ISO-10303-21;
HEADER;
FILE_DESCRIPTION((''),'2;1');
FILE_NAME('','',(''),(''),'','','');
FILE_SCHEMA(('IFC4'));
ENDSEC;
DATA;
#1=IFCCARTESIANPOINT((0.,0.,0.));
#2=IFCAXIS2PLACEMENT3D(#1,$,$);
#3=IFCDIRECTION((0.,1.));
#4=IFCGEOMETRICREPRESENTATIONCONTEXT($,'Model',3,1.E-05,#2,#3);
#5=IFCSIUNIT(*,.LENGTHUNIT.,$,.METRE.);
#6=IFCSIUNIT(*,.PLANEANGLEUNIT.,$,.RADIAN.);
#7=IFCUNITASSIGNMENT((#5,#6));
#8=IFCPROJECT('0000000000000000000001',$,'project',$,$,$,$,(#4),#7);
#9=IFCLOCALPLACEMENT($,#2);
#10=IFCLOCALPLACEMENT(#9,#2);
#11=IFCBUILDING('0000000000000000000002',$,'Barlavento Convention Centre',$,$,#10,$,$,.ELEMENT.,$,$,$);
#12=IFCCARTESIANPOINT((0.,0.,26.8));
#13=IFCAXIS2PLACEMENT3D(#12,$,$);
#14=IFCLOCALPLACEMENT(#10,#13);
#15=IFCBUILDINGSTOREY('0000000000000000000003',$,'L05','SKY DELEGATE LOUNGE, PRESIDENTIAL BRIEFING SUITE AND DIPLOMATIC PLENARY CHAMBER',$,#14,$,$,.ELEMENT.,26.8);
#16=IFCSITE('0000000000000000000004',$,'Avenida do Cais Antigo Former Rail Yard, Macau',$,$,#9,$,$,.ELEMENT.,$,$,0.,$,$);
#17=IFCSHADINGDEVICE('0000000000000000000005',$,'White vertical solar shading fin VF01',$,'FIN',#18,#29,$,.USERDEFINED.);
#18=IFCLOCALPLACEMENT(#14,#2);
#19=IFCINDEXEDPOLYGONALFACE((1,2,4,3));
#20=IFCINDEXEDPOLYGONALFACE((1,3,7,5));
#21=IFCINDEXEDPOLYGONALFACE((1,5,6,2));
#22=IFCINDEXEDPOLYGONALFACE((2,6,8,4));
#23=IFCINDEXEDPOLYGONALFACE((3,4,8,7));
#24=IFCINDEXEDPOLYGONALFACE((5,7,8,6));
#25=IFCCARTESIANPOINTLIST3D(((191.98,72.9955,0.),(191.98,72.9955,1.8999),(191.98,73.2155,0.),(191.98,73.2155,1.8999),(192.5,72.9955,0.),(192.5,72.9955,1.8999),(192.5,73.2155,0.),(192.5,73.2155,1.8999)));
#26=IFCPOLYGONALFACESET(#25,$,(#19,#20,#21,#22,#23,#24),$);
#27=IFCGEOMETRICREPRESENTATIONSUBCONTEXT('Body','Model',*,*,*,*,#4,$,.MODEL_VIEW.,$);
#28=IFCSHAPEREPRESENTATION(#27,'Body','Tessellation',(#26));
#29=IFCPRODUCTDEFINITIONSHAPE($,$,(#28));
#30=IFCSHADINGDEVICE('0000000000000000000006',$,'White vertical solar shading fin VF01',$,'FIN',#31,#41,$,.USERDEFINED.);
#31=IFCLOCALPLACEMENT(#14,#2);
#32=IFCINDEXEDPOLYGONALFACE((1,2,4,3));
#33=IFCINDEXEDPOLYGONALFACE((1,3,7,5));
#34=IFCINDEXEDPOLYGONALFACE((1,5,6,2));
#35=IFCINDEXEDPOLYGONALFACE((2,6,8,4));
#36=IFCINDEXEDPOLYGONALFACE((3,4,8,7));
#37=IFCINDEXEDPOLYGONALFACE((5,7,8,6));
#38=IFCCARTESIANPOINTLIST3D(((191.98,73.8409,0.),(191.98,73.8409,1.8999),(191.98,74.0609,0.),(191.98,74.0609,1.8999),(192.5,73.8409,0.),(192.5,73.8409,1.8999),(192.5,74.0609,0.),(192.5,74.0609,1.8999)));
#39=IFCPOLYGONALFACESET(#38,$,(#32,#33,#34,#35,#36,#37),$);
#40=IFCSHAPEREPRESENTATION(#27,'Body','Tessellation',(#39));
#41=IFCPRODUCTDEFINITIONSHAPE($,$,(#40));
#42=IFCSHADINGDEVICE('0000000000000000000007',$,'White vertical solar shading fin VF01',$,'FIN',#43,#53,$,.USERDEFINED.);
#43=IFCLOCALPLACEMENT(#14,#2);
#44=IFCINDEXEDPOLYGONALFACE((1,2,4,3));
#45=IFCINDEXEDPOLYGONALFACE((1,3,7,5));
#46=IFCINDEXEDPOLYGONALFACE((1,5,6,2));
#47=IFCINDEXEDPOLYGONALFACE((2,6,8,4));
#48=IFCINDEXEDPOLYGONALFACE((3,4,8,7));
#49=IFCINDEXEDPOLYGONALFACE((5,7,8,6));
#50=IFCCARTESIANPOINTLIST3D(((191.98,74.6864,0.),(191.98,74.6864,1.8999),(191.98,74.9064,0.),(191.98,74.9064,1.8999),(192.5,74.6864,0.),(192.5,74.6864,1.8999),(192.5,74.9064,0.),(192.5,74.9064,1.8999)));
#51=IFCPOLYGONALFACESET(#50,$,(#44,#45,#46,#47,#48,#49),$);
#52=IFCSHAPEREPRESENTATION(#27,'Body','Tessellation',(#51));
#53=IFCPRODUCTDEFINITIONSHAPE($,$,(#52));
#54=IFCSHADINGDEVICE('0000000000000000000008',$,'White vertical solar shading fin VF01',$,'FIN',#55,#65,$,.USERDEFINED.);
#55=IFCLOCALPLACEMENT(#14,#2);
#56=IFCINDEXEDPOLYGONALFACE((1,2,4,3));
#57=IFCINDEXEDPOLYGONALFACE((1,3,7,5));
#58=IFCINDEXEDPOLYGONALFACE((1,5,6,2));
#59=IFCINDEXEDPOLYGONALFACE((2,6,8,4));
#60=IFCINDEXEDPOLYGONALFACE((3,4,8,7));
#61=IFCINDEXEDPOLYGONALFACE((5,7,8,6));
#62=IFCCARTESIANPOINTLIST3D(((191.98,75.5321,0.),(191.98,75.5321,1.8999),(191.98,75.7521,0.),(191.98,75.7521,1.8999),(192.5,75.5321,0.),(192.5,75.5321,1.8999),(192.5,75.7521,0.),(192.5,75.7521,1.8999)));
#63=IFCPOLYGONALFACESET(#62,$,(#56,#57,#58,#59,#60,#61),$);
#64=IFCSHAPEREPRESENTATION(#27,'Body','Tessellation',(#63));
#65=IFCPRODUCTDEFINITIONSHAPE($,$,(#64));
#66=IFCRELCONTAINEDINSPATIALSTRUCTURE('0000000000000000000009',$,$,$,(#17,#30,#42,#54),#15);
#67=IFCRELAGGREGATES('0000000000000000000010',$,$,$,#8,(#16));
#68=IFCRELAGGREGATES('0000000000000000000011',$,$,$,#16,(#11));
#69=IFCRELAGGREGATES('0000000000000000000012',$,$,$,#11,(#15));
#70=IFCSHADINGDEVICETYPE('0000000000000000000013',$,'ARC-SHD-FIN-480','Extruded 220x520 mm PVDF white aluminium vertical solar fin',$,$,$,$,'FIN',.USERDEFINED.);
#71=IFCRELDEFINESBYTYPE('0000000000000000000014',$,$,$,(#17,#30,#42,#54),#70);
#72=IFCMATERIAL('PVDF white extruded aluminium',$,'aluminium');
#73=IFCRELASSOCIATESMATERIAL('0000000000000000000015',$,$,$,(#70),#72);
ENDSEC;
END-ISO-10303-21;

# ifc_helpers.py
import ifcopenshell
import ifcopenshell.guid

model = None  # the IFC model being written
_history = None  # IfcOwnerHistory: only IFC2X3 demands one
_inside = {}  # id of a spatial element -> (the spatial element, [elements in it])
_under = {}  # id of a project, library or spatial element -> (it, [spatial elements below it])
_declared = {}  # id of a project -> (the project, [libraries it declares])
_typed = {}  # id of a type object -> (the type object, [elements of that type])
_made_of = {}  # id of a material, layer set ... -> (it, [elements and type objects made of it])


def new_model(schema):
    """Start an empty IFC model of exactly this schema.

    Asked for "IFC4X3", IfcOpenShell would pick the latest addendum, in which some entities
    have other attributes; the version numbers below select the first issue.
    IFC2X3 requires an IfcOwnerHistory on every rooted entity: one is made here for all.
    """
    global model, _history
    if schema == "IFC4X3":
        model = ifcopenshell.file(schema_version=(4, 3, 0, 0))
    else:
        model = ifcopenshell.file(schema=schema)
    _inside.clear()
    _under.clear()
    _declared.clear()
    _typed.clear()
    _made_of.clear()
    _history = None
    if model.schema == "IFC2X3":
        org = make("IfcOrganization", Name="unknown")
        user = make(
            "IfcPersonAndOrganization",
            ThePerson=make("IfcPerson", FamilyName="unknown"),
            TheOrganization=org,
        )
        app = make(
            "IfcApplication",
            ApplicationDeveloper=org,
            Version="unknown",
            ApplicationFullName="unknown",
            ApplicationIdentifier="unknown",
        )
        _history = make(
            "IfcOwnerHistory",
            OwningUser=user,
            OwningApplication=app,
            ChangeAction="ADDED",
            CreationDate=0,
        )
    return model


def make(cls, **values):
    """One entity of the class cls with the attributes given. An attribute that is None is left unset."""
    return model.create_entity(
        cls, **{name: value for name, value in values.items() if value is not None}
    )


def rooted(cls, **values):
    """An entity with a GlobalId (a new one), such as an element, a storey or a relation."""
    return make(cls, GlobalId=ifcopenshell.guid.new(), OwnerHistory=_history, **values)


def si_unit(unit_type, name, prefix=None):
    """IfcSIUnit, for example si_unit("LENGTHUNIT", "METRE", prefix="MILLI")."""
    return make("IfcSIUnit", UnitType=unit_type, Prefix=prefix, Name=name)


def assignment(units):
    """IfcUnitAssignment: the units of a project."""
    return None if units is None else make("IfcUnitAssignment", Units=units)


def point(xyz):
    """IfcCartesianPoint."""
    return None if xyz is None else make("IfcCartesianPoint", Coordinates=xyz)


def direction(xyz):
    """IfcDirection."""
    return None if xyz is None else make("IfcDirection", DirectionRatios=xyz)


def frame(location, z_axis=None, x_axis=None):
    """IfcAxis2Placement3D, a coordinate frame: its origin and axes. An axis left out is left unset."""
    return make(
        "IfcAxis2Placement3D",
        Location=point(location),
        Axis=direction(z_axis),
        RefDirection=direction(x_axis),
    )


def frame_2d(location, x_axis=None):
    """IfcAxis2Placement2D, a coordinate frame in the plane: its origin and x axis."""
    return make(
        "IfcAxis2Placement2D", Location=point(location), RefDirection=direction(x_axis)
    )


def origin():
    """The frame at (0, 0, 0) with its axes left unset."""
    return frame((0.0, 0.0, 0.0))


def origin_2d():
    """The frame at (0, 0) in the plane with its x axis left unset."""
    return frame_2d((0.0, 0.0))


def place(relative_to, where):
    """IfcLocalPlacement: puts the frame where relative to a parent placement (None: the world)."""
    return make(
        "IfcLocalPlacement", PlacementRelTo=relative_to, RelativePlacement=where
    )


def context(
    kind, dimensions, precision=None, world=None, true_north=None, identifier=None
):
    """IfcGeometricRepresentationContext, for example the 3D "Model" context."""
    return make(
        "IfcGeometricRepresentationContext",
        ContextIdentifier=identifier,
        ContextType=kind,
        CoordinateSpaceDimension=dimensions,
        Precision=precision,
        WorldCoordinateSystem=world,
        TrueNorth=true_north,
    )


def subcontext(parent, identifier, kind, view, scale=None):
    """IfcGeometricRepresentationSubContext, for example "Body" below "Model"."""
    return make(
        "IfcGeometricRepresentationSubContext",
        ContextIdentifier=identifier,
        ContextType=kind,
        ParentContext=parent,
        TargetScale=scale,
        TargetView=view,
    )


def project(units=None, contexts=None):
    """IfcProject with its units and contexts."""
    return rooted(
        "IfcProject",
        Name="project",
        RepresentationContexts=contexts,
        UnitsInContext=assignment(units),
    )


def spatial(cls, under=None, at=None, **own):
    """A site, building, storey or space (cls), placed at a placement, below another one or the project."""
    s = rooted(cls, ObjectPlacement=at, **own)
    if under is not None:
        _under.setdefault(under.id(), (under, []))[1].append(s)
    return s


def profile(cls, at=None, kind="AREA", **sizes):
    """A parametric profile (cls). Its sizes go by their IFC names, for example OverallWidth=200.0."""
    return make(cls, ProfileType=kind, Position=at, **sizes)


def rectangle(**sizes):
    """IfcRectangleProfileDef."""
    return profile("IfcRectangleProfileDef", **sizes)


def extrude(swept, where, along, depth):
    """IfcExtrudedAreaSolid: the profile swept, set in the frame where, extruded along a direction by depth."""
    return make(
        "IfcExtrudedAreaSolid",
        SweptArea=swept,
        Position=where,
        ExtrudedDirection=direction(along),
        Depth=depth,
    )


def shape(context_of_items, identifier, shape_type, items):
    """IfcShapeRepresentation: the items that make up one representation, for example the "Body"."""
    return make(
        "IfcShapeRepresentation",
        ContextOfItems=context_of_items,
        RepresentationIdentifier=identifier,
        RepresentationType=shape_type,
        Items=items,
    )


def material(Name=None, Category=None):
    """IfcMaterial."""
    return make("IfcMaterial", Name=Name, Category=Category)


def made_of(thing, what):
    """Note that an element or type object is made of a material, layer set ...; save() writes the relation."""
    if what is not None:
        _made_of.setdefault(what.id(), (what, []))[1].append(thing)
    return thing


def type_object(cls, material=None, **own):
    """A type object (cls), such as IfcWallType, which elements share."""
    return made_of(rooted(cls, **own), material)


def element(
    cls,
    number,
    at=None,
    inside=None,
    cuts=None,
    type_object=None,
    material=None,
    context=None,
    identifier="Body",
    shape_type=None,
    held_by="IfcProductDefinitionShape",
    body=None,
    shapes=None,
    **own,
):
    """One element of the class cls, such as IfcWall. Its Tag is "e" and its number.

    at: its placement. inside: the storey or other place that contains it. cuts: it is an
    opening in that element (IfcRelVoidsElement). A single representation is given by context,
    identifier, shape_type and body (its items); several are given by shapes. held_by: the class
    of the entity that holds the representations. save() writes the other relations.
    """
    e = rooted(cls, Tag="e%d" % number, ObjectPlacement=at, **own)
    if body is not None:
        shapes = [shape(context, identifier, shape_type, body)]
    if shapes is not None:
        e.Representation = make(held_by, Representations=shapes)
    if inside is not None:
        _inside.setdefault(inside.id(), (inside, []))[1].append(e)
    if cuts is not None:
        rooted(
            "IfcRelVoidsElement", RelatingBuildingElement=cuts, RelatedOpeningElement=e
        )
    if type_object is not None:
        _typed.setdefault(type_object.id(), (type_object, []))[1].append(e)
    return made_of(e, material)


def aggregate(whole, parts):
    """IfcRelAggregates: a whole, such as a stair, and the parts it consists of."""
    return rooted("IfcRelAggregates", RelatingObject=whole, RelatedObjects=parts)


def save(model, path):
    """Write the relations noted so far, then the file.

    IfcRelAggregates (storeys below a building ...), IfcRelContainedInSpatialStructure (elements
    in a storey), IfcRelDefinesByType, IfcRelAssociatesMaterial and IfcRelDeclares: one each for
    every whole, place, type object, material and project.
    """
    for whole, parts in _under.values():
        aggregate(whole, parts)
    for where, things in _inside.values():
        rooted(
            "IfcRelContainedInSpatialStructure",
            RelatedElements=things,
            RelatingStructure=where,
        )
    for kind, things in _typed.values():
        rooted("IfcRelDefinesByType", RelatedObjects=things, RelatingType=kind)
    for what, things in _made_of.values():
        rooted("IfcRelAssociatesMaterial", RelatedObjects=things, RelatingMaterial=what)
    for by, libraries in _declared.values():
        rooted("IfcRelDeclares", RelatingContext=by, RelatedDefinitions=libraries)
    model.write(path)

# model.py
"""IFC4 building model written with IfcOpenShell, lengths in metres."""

from ifc_helpers import new_model, si_unit, direction, frame, origin, origin_2d, place, context, subcontext, project, spatial, rectangle, extrude, material, type_object, element, save


model = new_model("IFC4")

# Units and contexts
model_context = context("Model", 3, precision=1e-05, world=origin(), true_north=direction((0.0, 1.0)))
body_context = subcontext(model_context, "Body", "Model", "MODEL_VIEW")
ifc_project = project(units=[si_unit("LENGTHUNIT", "METRE"), si_unit("PLANEANGLEUNIT", "RADIAN")], contexts=[model_context])

# Site, building, storey
site_placement = place(None, origin())
site = spatial("IfcSite", under=ifc_project, at=site_placement, Name="Avenida do Cais Antigo Former Rail Yard, Macau", CompositionType="ELEMENT", RefElevation=0.0)
building_placement = place(site_placement, origin())
building = spatial("IfcBuilding", under=site, at=building_placement, Name="Barlavento Convention Centre", CompositionType="ELEMENT")
storey_placement = place(building_placement, frame((0.0, 0.0, 26.8)))
storey = spatial("IfcBuildingStorey", under=building, at=storey_placement, Name="L05", Description="SKY DELEGATE LOUNGE, PRESIDENTIAL BRIEFING SUITE AND DIPLOMATIC PLENARY CHAMBER", CompositionType="ELEMENT", Elevation=26.8)

# Shading devices
ifc_material_1 = material(Name="PVDF white extruded aluminium", Category="aluminium")
shading_device_type = type_object("IfcShadingDeviceType", Name="ARC-SHD-FIN-480", Description="Extruded 220x520 mm PVDF white aluminium vertical solar fin", ElementType="FIN", PredefinedType="USERDEFINED", material=ifc_material_1)
for number, where, z_axis, x_axis, name in (
    (1, (192.24, 73.1055, 0.0), (0.0, 0.0, 1.0), (0.0, 1.0, 0.0), "White vertical solar shading fin VF01"),
    (2, (192.24, 73.9509, 0.0), (0.0, 0.0, 1.0), (0.0, 1.0, 0.0), "White vertical solar shading fin VF01"),
    (3, (192.24, 74.7964, 0.0), (0.0, 0.0, 1.0), (0.0, 1.0, 0.0), "White vertical solar shading fin VF01"),
    (4, (192.24, 75.6421, 0.0), (0.0, 0.0, 1.0), (0.0, 1.0, 0.0), "White vertical solar shading fin VF01"),
):
    element("IfcShadingDevice", number, at=place(storey_placement, frame(where, z_axis=z_axis, x_axis=x_axis)), inside=storey, type_object=shading_device_type, Name=name, ObjectType="FIN", PredefinedType="USERDEFINED", context=body_context, shape_type="SweptSolid", body=[
        extrude(rectangle(XDim=0.22, YDim=0.52, at=origin_2d()), origin(), (0.0, 0.0, 1.0), 1.8999),
    ])

save(model, "model.ifc")
